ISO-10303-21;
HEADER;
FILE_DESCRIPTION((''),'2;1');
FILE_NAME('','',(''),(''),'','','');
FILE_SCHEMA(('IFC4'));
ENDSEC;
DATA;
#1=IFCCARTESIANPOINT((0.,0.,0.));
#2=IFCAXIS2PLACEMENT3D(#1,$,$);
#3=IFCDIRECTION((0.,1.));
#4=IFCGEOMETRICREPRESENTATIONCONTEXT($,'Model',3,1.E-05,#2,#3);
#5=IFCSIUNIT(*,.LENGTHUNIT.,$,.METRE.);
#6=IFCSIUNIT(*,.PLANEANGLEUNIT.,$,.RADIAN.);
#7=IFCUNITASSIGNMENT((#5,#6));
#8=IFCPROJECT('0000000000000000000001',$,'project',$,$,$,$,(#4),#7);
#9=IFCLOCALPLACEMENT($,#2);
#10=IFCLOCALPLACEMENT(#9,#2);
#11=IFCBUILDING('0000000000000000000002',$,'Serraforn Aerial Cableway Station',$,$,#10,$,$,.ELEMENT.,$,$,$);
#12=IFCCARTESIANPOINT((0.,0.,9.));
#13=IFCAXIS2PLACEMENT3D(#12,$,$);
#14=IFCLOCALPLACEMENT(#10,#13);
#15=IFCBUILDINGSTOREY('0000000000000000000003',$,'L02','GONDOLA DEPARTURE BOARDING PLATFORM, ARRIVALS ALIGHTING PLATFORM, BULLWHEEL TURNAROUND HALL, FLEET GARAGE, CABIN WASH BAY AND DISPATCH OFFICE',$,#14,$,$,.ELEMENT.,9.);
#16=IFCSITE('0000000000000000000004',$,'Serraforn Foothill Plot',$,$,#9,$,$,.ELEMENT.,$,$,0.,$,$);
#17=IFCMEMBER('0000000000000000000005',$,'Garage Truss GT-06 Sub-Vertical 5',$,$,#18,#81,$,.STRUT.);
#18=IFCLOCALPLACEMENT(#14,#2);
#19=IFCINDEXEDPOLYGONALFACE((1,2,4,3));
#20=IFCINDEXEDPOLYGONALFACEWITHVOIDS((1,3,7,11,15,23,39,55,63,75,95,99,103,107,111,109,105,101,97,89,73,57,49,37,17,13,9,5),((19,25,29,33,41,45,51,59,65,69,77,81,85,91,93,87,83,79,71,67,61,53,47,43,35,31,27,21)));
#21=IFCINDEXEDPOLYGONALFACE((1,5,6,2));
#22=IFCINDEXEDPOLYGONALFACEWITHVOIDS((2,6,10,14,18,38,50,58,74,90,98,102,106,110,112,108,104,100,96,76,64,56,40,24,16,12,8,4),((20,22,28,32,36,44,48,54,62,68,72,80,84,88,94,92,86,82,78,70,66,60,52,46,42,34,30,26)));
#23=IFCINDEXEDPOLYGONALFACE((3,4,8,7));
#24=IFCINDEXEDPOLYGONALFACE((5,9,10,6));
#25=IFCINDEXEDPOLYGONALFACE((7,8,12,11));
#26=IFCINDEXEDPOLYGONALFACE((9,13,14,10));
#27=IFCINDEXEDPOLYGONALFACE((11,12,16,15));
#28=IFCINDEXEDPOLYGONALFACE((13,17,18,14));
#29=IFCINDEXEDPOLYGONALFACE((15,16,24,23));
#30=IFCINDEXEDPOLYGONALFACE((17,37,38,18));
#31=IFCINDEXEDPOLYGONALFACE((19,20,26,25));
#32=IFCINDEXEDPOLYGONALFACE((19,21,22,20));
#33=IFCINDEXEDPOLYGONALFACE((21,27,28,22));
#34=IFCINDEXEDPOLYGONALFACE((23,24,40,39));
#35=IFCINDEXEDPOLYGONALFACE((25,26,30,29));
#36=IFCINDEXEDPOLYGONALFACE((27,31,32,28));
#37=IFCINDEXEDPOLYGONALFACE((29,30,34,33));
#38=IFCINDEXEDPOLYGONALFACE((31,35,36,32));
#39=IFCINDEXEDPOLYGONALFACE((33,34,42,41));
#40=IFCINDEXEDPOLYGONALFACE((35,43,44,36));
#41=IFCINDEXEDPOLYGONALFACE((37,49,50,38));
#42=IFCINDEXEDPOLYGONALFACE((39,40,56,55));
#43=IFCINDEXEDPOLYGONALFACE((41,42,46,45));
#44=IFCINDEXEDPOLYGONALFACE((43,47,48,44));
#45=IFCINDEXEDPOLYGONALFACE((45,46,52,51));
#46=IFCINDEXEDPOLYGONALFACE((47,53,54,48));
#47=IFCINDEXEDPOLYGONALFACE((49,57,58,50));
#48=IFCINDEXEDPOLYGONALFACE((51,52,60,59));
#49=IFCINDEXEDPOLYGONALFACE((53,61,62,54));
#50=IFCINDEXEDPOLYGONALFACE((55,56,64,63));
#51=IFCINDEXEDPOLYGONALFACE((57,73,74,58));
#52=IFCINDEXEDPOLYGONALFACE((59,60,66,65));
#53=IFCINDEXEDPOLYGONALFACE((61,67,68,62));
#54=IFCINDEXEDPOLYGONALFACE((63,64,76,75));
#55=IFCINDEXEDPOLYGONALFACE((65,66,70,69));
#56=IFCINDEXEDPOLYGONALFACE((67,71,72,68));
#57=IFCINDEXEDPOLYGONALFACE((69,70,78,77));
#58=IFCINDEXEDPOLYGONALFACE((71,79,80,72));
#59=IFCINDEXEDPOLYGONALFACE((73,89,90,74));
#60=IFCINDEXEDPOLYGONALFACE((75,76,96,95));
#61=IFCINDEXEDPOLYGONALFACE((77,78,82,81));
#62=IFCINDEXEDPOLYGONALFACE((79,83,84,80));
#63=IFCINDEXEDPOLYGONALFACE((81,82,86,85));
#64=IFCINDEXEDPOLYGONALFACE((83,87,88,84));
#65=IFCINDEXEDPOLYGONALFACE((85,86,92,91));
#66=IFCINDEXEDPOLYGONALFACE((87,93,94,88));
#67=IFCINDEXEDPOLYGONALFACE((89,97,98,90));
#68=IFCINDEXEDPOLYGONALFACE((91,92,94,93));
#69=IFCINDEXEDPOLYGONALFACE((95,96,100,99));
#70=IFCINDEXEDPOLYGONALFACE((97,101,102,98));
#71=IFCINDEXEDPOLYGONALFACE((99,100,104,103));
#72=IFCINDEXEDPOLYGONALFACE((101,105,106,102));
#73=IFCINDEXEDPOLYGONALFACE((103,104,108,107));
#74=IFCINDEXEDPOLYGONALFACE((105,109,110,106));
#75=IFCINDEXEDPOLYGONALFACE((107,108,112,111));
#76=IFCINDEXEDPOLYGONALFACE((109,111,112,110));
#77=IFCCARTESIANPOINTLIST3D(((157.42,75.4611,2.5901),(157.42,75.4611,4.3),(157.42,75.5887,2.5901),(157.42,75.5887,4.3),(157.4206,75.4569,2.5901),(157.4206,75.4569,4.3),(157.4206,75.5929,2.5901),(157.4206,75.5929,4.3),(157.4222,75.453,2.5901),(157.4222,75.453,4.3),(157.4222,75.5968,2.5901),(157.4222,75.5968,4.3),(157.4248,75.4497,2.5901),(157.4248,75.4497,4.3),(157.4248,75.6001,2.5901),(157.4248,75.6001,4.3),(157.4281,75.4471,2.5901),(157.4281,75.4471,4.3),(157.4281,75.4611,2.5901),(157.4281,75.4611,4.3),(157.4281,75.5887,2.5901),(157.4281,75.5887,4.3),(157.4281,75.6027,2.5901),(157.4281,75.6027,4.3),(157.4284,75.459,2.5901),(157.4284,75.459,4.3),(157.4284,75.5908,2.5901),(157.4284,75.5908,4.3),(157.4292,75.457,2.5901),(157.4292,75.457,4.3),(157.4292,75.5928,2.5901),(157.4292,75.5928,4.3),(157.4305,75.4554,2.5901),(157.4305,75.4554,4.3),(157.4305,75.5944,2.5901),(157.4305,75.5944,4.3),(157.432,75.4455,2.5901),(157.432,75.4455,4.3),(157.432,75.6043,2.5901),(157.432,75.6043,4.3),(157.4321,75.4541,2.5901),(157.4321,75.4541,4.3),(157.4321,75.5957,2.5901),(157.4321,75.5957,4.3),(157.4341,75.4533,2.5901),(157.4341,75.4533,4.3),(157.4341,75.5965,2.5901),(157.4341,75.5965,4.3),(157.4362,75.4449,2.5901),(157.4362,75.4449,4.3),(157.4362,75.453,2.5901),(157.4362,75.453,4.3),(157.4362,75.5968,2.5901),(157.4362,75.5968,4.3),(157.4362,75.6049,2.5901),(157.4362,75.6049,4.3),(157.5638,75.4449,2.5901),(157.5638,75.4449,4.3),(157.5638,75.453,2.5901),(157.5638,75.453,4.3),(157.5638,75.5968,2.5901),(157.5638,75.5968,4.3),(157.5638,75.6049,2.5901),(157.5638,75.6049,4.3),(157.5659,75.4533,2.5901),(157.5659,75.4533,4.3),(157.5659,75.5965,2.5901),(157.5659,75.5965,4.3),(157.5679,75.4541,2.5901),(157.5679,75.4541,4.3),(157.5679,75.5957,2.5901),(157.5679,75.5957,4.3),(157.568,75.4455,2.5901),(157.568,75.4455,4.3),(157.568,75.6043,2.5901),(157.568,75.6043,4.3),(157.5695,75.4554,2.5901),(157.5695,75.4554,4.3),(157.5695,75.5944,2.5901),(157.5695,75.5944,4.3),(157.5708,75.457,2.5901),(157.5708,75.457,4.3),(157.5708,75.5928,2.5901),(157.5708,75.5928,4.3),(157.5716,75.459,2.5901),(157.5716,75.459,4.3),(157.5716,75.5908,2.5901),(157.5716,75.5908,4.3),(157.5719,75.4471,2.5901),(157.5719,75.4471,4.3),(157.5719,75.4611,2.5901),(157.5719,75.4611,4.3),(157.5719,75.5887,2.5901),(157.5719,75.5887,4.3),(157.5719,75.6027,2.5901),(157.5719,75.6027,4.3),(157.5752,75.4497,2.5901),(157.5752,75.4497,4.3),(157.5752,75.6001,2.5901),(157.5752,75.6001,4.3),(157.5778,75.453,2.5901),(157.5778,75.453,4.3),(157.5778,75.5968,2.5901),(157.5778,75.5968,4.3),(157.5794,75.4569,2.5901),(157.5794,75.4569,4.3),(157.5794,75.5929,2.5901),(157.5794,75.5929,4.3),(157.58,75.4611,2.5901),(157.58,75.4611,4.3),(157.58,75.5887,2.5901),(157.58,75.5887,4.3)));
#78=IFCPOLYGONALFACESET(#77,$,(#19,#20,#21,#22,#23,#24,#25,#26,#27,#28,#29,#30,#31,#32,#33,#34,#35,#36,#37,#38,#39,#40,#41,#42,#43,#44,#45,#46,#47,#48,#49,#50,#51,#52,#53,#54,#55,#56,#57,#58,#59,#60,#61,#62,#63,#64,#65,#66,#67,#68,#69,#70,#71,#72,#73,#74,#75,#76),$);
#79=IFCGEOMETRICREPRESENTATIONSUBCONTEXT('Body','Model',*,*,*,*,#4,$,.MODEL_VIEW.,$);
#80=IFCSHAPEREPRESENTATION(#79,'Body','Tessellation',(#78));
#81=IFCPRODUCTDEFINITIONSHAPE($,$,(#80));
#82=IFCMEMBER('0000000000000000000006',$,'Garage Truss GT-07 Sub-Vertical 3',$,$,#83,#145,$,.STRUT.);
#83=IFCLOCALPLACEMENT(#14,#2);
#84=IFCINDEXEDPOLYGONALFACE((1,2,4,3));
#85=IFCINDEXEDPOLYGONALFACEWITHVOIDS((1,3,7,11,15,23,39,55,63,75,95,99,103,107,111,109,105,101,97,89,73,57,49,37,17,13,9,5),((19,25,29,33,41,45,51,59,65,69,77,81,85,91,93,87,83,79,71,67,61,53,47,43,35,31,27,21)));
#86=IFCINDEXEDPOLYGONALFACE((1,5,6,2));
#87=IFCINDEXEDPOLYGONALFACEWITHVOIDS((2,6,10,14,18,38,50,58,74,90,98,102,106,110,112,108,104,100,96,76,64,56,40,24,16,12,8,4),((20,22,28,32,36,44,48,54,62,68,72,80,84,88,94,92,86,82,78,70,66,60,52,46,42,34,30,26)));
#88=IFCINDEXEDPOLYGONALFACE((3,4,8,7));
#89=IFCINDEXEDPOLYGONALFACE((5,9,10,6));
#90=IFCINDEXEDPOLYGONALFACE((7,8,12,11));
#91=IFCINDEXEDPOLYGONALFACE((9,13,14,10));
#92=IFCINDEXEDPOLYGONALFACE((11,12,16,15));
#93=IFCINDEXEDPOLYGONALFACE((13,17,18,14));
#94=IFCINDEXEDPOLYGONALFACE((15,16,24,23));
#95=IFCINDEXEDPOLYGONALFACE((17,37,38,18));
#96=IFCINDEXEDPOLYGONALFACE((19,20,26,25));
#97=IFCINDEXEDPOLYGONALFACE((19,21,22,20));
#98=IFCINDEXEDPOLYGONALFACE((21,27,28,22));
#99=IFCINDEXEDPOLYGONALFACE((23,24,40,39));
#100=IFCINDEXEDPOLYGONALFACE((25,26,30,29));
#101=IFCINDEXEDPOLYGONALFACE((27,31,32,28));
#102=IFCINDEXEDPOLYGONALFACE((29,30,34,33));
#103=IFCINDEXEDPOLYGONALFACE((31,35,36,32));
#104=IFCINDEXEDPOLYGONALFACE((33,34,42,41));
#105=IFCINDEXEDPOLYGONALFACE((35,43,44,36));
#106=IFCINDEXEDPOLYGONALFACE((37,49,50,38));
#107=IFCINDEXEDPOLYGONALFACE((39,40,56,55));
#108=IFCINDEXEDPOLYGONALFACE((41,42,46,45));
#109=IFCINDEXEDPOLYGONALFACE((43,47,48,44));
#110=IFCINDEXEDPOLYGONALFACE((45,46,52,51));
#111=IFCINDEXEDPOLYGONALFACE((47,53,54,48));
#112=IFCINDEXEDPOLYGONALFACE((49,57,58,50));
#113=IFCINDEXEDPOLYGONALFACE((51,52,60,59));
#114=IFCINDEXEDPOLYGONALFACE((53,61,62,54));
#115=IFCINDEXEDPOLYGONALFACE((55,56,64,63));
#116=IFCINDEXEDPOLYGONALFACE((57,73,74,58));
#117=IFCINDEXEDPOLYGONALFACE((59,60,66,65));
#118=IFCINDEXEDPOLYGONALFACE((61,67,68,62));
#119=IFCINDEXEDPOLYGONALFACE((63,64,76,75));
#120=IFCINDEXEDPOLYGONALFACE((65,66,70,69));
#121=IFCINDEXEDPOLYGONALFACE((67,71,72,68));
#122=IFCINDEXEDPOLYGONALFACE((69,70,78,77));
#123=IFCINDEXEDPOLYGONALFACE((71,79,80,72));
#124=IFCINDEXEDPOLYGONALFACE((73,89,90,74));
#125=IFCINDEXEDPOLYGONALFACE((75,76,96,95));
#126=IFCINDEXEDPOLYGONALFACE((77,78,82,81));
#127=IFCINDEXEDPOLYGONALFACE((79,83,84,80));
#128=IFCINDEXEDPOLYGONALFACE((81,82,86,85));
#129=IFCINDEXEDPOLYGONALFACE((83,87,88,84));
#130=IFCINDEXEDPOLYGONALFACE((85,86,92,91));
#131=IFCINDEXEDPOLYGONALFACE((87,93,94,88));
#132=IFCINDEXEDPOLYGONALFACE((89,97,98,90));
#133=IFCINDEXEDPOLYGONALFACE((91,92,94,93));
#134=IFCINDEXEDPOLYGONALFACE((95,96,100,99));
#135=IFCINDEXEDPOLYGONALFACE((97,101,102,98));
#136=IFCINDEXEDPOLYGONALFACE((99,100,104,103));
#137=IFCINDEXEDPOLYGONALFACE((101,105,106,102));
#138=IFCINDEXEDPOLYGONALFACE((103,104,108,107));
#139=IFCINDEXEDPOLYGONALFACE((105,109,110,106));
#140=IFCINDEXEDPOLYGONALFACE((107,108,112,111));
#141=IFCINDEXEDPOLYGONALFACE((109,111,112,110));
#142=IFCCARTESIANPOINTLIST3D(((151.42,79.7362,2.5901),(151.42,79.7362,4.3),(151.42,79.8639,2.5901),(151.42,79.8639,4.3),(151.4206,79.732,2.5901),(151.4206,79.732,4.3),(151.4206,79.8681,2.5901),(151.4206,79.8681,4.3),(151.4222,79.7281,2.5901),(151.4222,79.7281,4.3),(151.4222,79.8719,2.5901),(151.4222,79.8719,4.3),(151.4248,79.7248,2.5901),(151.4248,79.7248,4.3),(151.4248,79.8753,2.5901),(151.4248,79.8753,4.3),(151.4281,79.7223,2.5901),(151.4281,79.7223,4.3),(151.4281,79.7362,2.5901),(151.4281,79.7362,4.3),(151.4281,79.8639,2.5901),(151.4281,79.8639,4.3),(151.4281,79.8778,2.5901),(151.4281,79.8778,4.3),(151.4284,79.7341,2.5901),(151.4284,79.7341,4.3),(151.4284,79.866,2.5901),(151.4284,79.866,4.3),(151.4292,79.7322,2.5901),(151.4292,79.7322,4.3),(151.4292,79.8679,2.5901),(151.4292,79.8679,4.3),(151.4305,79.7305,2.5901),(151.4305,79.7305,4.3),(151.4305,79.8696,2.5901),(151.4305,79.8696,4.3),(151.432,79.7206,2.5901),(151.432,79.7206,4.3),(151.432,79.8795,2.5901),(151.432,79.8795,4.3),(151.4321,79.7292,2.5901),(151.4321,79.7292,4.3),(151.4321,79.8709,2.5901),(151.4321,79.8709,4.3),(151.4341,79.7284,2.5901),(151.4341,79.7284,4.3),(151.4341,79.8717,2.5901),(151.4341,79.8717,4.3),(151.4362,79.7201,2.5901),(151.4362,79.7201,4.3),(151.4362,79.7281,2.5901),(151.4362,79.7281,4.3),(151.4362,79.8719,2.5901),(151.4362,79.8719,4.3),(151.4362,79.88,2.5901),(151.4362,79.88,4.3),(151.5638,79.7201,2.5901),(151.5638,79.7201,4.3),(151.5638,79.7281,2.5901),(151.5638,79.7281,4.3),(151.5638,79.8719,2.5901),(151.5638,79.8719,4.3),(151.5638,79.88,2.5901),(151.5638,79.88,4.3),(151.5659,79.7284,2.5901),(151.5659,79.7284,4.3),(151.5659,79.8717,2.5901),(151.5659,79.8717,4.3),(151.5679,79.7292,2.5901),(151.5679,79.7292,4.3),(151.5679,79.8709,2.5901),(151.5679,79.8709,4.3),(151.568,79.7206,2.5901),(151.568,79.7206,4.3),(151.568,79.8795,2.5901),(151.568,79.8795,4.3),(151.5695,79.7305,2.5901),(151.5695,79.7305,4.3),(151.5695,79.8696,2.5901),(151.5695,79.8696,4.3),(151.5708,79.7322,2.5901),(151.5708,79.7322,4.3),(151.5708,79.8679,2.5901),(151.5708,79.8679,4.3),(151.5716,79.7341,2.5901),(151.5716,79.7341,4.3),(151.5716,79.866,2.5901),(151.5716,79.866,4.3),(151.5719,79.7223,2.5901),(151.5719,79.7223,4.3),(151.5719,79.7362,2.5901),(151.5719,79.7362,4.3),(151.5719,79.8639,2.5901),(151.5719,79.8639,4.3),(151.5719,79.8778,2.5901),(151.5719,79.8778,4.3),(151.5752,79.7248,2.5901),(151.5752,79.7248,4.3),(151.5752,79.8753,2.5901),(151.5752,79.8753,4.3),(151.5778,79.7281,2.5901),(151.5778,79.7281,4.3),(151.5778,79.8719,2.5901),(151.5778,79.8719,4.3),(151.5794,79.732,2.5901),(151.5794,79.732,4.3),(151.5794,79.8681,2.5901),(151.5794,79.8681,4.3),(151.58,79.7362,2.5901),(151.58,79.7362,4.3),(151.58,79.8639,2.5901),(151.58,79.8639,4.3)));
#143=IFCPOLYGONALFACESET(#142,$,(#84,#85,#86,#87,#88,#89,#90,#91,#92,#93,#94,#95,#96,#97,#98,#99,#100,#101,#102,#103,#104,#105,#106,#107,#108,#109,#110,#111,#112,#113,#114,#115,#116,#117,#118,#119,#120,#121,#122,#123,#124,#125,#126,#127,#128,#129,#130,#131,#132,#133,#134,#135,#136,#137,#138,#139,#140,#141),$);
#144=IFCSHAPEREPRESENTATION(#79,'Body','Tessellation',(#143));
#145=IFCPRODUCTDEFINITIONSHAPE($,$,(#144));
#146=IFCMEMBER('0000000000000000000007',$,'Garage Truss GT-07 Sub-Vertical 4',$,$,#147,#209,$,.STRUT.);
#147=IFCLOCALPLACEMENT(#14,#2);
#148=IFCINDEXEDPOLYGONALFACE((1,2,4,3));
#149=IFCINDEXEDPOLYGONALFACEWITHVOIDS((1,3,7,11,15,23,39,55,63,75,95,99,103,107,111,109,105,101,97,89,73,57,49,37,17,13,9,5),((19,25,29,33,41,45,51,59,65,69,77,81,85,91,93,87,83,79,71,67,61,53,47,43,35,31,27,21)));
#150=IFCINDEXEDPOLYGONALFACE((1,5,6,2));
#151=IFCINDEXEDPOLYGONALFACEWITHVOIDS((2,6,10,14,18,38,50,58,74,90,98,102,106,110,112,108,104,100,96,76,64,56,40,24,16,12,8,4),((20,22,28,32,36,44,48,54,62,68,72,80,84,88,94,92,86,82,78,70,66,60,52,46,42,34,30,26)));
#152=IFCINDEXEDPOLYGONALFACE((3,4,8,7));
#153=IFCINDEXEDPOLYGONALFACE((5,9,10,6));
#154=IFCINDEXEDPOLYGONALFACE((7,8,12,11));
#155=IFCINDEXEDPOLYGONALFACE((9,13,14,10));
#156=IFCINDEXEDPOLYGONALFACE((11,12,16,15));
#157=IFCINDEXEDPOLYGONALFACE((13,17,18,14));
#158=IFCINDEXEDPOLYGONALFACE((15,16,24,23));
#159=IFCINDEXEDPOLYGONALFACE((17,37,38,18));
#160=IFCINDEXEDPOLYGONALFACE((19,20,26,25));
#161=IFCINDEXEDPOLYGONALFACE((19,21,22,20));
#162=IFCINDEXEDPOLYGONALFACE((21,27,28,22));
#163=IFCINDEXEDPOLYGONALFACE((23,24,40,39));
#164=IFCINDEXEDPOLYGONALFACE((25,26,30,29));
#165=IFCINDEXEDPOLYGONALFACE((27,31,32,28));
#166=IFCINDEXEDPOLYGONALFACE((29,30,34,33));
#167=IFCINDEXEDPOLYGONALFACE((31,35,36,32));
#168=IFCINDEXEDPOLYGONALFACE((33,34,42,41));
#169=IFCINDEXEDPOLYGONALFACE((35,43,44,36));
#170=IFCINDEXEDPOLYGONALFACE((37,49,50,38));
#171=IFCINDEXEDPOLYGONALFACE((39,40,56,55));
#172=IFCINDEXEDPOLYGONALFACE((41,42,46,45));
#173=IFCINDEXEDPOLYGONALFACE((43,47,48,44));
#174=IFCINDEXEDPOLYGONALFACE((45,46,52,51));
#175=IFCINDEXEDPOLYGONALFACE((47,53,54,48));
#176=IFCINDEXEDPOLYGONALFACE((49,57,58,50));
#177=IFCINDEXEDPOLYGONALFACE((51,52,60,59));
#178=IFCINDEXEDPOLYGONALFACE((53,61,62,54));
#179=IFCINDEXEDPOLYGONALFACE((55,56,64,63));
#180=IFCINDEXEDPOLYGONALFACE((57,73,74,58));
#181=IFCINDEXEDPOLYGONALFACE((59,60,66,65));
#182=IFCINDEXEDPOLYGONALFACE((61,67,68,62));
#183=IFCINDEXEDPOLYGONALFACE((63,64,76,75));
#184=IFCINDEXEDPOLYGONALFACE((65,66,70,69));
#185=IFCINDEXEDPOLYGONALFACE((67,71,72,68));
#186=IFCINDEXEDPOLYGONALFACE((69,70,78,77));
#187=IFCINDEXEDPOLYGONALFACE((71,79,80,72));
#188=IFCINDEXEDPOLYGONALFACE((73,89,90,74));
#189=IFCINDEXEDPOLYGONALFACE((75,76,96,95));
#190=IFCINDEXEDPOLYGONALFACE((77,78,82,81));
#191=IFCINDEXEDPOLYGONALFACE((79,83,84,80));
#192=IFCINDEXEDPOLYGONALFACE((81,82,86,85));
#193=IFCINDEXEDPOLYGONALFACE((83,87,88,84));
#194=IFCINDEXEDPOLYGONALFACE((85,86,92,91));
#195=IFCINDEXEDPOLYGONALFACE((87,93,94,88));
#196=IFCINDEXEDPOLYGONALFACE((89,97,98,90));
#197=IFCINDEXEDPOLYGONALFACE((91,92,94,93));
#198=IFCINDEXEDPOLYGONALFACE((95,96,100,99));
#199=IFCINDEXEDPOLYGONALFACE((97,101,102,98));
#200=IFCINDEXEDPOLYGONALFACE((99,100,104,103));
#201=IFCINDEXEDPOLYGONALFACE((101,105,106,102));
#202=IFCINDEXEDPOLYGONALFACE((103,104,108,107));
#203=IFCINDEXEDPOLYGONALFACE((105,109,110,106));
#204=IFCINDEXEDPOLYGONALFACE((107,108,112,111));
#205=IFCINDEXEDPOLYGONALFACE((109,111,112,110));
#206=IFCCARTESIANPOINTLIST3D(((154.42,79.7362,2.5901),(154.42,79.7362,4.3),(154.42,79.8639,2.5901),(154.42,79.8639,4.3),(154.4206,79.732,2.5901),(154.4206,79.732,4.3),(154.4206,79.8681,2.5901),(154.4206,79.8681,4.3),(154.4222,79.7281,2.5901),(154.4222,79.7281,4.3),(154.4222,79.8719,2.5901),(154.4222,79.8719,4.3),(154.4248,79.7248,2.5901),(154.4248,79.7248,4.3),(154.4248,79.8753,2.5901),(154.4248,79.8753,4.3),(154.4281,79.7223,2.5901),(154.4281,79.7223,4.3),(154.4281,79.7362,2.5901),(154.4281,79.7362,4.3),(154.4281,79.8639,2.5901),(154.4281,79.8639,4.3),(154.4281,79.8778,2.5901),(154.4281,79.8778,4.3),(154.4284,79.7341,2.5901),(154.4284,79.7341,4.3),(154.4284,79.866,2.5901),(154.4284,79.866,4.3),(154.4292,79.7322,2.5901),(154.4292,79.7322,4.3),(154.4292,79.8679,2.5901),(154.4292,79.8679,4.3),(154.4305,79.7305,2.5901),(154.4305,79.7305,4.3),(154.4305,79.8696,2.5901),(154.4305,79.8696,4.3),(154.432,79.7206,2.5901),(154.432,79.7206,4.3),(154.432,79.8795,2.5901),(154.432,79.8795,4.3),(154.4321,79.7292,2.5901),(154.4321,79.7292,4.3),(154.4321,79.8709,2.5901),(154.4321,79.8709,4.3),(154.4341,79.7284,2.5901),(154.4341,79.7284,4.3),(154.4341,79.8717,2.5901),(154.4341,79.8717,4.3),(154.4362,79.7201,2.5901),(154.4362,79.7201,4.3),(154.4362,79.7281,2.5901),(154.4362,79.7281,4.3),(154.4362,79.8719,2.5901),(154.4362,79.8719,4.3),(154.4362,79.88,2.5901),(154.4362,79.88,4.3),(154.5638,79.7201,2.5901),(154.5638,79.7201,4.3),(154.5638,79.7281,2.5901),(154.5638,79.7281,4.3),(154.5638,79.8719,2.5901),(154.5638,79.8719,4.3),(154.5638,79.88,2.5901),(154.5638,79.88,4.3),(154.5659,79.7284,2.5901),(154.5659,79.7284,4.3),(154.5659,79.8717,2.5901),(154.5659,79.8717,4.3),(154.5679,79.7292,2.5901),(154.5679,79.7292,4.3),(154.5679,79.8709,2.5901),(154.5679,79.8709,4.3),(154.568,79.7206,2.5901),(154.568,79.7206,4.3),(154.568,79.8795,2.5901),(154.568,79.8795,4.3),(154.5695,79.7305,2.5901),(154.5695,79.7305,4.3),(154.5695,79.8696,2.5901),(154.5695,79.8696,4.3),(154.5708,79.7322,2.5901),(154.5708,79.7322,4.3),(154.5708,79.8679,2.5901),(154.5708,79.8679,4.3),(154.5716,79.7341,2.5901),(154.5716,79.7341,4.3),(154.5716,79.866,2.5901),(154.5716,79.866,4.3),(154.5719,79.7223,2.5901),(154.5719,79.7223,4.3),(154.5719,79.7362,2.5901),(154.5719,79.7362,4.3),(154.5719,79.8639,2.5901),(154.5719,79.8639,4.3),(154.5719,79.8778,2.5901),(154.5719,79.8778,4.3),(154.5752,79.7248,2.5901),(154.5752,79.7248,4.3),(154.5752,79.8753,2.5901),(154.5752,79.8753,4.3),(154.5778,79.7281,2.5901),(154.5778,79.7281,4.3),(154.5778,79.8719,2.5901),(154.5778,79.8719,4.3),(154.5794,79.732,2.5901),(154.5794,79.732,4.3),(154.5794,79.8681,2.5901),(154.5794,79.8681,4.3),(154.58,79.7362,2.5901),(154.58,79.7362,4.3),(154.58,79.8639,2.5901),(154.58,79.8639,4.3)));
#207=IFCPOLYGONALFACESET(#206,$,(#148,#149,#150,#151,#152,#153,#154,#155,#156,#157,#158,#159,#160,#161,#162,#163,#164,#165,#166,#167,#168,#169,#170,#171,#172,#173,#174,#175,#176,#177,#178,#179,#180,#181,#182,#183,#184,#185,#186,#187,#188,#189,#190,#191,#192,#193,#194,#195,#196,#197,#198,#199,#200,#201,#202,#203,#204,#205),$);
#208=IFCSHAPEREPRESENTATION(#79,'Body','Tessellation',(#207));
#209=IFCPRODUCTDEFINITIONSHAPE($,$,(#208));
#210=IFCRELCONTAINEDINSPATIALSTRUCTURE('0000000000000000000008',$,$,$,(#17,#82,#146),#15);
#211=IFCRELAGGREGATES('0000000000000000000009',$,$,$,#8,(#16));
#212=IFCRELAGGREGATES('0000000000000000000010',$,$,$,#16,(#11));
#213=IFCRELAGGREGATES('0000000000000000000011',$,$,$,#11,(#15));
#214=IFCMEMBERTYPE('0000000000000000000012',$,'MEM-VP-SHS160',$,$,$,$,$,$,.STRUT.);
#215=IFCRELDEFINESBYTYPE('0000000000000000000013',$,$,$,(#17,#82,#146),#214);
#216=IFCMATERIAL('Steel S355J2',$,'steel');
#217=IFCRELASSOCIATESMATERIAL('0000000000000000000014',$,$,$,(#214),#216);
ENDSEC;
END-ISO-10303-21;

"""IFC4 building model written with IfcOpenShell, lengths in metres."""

from ifc_helpers import new_model, si_unit, direction, frame, origin, origin_2d, place, context, subcontext, project, spatial, hollow_rectangle, extrude, material, material_profile, profile_set, type_object, element, save


model = new_model("IFC4")

# Units and contexts
model_context = context("Model", 3, precision=1e-05, world=origin(), true_north=direction((0.0, 1.0)))
body_context = subcontext(model_context, "Body", "Model", "MODEL_VIEW")
ifc_project = project(units=[si_unit("LENGTHUNIT", "METRE"), si_unit("PLANEANGLEUNIT", "RADIAN")], contexts=[model_context])

# Site, building, storey
site_placement = place(None, origin())
site = spatial("IfcSite", under=ifc_project, at=site_placement, Name="Serraforn Foothill Plot", CompositionType="ELEMENT", RefElevation=0.0)
building_placement = place(site_placement, origin())
building = spatial("IfcBuilding", under=site, at=building_placement, Name="Serraforn Aerial Cableway Station", CompositionType="ELEMENT")
storey_placement = place(building_placement, frame((0.0, 0.0, 9.0)))
storey = spatial("IfcBuildingStorey", under=building, at=storey_placement, Name="L02", Description="GONDOLA DEPARTURE BOARDING PLATFORM, ARRIVALS ALIGHTING PLATFORM, BULLWHEEL TURNAROUND HALL, FLEET GARAGE, CABIN WASH BAY AND DISPATCH OFFICE", CompositionType="ELEMENT", Elevation=9.0)

# Members
ifc_material_1 = material(Name="Steel S355J2", Category="steel")
ifc_material_profile_1 = material_profile(ifc_material_1, hollow_rectangle(XDim=0.1599, YDim=0.1599, WallThickness=0.0081, InnerFilletRadius=0.0081, OuterFilletRadius=0.0161, at=origin_2d()), Name="SHS 160x160x8.0")
ifc_profile_set_1 = profile_set([ifc_material_profile_1], Name="Steel S355J2")
member_type_1 = type_object("IfcMemberType", Name="MEM-VP-SHS160", PredefinedType="STRUT", material=ifc_profile_set_1)
for number, where, z_axis, x_axis, name in (
    (1, (157.5, 75.5249, 2.5901), (0.0, 0.0, 1.0), (1.0, 0.0, 0.0), "Garage Truss GT-06 Sub-Vertical 5"),
    (2, (151.5, 79.8, 2.5901), (0.0, 0.0, 1.0), (1.0, 0.0, 0.0), "Garage Truss GT-07 Sub-Vertical 3"),
    (3, (154.5, 79.8, 2.5901), (0.0, 0.0, 1.0), (1.0, 0.0, 0.0), "Garage Truss GT-07 Sub-Vertical 4"),
):
    element("IfcMember", number, at=place(storey_placement, frame(where, z_axis=z_axis, x_axis=x_axis)), inside=storey, type_object=member_type_1, Name=name, PredefinedType="STRUT", context=body_context, shape_type="SweptSolid", body=[
        extrude(hollow_rectangle(XDim=0.1599, YDim=0.1599, WallThickness=0.0081, InnerFilletRadius=0.0081, OuterFilletRadius=0.0161, at=origin_2d()), origin(), (0.0, 0.0, 1.0), 1.71),
    ])

save(model, "model.ifc")
